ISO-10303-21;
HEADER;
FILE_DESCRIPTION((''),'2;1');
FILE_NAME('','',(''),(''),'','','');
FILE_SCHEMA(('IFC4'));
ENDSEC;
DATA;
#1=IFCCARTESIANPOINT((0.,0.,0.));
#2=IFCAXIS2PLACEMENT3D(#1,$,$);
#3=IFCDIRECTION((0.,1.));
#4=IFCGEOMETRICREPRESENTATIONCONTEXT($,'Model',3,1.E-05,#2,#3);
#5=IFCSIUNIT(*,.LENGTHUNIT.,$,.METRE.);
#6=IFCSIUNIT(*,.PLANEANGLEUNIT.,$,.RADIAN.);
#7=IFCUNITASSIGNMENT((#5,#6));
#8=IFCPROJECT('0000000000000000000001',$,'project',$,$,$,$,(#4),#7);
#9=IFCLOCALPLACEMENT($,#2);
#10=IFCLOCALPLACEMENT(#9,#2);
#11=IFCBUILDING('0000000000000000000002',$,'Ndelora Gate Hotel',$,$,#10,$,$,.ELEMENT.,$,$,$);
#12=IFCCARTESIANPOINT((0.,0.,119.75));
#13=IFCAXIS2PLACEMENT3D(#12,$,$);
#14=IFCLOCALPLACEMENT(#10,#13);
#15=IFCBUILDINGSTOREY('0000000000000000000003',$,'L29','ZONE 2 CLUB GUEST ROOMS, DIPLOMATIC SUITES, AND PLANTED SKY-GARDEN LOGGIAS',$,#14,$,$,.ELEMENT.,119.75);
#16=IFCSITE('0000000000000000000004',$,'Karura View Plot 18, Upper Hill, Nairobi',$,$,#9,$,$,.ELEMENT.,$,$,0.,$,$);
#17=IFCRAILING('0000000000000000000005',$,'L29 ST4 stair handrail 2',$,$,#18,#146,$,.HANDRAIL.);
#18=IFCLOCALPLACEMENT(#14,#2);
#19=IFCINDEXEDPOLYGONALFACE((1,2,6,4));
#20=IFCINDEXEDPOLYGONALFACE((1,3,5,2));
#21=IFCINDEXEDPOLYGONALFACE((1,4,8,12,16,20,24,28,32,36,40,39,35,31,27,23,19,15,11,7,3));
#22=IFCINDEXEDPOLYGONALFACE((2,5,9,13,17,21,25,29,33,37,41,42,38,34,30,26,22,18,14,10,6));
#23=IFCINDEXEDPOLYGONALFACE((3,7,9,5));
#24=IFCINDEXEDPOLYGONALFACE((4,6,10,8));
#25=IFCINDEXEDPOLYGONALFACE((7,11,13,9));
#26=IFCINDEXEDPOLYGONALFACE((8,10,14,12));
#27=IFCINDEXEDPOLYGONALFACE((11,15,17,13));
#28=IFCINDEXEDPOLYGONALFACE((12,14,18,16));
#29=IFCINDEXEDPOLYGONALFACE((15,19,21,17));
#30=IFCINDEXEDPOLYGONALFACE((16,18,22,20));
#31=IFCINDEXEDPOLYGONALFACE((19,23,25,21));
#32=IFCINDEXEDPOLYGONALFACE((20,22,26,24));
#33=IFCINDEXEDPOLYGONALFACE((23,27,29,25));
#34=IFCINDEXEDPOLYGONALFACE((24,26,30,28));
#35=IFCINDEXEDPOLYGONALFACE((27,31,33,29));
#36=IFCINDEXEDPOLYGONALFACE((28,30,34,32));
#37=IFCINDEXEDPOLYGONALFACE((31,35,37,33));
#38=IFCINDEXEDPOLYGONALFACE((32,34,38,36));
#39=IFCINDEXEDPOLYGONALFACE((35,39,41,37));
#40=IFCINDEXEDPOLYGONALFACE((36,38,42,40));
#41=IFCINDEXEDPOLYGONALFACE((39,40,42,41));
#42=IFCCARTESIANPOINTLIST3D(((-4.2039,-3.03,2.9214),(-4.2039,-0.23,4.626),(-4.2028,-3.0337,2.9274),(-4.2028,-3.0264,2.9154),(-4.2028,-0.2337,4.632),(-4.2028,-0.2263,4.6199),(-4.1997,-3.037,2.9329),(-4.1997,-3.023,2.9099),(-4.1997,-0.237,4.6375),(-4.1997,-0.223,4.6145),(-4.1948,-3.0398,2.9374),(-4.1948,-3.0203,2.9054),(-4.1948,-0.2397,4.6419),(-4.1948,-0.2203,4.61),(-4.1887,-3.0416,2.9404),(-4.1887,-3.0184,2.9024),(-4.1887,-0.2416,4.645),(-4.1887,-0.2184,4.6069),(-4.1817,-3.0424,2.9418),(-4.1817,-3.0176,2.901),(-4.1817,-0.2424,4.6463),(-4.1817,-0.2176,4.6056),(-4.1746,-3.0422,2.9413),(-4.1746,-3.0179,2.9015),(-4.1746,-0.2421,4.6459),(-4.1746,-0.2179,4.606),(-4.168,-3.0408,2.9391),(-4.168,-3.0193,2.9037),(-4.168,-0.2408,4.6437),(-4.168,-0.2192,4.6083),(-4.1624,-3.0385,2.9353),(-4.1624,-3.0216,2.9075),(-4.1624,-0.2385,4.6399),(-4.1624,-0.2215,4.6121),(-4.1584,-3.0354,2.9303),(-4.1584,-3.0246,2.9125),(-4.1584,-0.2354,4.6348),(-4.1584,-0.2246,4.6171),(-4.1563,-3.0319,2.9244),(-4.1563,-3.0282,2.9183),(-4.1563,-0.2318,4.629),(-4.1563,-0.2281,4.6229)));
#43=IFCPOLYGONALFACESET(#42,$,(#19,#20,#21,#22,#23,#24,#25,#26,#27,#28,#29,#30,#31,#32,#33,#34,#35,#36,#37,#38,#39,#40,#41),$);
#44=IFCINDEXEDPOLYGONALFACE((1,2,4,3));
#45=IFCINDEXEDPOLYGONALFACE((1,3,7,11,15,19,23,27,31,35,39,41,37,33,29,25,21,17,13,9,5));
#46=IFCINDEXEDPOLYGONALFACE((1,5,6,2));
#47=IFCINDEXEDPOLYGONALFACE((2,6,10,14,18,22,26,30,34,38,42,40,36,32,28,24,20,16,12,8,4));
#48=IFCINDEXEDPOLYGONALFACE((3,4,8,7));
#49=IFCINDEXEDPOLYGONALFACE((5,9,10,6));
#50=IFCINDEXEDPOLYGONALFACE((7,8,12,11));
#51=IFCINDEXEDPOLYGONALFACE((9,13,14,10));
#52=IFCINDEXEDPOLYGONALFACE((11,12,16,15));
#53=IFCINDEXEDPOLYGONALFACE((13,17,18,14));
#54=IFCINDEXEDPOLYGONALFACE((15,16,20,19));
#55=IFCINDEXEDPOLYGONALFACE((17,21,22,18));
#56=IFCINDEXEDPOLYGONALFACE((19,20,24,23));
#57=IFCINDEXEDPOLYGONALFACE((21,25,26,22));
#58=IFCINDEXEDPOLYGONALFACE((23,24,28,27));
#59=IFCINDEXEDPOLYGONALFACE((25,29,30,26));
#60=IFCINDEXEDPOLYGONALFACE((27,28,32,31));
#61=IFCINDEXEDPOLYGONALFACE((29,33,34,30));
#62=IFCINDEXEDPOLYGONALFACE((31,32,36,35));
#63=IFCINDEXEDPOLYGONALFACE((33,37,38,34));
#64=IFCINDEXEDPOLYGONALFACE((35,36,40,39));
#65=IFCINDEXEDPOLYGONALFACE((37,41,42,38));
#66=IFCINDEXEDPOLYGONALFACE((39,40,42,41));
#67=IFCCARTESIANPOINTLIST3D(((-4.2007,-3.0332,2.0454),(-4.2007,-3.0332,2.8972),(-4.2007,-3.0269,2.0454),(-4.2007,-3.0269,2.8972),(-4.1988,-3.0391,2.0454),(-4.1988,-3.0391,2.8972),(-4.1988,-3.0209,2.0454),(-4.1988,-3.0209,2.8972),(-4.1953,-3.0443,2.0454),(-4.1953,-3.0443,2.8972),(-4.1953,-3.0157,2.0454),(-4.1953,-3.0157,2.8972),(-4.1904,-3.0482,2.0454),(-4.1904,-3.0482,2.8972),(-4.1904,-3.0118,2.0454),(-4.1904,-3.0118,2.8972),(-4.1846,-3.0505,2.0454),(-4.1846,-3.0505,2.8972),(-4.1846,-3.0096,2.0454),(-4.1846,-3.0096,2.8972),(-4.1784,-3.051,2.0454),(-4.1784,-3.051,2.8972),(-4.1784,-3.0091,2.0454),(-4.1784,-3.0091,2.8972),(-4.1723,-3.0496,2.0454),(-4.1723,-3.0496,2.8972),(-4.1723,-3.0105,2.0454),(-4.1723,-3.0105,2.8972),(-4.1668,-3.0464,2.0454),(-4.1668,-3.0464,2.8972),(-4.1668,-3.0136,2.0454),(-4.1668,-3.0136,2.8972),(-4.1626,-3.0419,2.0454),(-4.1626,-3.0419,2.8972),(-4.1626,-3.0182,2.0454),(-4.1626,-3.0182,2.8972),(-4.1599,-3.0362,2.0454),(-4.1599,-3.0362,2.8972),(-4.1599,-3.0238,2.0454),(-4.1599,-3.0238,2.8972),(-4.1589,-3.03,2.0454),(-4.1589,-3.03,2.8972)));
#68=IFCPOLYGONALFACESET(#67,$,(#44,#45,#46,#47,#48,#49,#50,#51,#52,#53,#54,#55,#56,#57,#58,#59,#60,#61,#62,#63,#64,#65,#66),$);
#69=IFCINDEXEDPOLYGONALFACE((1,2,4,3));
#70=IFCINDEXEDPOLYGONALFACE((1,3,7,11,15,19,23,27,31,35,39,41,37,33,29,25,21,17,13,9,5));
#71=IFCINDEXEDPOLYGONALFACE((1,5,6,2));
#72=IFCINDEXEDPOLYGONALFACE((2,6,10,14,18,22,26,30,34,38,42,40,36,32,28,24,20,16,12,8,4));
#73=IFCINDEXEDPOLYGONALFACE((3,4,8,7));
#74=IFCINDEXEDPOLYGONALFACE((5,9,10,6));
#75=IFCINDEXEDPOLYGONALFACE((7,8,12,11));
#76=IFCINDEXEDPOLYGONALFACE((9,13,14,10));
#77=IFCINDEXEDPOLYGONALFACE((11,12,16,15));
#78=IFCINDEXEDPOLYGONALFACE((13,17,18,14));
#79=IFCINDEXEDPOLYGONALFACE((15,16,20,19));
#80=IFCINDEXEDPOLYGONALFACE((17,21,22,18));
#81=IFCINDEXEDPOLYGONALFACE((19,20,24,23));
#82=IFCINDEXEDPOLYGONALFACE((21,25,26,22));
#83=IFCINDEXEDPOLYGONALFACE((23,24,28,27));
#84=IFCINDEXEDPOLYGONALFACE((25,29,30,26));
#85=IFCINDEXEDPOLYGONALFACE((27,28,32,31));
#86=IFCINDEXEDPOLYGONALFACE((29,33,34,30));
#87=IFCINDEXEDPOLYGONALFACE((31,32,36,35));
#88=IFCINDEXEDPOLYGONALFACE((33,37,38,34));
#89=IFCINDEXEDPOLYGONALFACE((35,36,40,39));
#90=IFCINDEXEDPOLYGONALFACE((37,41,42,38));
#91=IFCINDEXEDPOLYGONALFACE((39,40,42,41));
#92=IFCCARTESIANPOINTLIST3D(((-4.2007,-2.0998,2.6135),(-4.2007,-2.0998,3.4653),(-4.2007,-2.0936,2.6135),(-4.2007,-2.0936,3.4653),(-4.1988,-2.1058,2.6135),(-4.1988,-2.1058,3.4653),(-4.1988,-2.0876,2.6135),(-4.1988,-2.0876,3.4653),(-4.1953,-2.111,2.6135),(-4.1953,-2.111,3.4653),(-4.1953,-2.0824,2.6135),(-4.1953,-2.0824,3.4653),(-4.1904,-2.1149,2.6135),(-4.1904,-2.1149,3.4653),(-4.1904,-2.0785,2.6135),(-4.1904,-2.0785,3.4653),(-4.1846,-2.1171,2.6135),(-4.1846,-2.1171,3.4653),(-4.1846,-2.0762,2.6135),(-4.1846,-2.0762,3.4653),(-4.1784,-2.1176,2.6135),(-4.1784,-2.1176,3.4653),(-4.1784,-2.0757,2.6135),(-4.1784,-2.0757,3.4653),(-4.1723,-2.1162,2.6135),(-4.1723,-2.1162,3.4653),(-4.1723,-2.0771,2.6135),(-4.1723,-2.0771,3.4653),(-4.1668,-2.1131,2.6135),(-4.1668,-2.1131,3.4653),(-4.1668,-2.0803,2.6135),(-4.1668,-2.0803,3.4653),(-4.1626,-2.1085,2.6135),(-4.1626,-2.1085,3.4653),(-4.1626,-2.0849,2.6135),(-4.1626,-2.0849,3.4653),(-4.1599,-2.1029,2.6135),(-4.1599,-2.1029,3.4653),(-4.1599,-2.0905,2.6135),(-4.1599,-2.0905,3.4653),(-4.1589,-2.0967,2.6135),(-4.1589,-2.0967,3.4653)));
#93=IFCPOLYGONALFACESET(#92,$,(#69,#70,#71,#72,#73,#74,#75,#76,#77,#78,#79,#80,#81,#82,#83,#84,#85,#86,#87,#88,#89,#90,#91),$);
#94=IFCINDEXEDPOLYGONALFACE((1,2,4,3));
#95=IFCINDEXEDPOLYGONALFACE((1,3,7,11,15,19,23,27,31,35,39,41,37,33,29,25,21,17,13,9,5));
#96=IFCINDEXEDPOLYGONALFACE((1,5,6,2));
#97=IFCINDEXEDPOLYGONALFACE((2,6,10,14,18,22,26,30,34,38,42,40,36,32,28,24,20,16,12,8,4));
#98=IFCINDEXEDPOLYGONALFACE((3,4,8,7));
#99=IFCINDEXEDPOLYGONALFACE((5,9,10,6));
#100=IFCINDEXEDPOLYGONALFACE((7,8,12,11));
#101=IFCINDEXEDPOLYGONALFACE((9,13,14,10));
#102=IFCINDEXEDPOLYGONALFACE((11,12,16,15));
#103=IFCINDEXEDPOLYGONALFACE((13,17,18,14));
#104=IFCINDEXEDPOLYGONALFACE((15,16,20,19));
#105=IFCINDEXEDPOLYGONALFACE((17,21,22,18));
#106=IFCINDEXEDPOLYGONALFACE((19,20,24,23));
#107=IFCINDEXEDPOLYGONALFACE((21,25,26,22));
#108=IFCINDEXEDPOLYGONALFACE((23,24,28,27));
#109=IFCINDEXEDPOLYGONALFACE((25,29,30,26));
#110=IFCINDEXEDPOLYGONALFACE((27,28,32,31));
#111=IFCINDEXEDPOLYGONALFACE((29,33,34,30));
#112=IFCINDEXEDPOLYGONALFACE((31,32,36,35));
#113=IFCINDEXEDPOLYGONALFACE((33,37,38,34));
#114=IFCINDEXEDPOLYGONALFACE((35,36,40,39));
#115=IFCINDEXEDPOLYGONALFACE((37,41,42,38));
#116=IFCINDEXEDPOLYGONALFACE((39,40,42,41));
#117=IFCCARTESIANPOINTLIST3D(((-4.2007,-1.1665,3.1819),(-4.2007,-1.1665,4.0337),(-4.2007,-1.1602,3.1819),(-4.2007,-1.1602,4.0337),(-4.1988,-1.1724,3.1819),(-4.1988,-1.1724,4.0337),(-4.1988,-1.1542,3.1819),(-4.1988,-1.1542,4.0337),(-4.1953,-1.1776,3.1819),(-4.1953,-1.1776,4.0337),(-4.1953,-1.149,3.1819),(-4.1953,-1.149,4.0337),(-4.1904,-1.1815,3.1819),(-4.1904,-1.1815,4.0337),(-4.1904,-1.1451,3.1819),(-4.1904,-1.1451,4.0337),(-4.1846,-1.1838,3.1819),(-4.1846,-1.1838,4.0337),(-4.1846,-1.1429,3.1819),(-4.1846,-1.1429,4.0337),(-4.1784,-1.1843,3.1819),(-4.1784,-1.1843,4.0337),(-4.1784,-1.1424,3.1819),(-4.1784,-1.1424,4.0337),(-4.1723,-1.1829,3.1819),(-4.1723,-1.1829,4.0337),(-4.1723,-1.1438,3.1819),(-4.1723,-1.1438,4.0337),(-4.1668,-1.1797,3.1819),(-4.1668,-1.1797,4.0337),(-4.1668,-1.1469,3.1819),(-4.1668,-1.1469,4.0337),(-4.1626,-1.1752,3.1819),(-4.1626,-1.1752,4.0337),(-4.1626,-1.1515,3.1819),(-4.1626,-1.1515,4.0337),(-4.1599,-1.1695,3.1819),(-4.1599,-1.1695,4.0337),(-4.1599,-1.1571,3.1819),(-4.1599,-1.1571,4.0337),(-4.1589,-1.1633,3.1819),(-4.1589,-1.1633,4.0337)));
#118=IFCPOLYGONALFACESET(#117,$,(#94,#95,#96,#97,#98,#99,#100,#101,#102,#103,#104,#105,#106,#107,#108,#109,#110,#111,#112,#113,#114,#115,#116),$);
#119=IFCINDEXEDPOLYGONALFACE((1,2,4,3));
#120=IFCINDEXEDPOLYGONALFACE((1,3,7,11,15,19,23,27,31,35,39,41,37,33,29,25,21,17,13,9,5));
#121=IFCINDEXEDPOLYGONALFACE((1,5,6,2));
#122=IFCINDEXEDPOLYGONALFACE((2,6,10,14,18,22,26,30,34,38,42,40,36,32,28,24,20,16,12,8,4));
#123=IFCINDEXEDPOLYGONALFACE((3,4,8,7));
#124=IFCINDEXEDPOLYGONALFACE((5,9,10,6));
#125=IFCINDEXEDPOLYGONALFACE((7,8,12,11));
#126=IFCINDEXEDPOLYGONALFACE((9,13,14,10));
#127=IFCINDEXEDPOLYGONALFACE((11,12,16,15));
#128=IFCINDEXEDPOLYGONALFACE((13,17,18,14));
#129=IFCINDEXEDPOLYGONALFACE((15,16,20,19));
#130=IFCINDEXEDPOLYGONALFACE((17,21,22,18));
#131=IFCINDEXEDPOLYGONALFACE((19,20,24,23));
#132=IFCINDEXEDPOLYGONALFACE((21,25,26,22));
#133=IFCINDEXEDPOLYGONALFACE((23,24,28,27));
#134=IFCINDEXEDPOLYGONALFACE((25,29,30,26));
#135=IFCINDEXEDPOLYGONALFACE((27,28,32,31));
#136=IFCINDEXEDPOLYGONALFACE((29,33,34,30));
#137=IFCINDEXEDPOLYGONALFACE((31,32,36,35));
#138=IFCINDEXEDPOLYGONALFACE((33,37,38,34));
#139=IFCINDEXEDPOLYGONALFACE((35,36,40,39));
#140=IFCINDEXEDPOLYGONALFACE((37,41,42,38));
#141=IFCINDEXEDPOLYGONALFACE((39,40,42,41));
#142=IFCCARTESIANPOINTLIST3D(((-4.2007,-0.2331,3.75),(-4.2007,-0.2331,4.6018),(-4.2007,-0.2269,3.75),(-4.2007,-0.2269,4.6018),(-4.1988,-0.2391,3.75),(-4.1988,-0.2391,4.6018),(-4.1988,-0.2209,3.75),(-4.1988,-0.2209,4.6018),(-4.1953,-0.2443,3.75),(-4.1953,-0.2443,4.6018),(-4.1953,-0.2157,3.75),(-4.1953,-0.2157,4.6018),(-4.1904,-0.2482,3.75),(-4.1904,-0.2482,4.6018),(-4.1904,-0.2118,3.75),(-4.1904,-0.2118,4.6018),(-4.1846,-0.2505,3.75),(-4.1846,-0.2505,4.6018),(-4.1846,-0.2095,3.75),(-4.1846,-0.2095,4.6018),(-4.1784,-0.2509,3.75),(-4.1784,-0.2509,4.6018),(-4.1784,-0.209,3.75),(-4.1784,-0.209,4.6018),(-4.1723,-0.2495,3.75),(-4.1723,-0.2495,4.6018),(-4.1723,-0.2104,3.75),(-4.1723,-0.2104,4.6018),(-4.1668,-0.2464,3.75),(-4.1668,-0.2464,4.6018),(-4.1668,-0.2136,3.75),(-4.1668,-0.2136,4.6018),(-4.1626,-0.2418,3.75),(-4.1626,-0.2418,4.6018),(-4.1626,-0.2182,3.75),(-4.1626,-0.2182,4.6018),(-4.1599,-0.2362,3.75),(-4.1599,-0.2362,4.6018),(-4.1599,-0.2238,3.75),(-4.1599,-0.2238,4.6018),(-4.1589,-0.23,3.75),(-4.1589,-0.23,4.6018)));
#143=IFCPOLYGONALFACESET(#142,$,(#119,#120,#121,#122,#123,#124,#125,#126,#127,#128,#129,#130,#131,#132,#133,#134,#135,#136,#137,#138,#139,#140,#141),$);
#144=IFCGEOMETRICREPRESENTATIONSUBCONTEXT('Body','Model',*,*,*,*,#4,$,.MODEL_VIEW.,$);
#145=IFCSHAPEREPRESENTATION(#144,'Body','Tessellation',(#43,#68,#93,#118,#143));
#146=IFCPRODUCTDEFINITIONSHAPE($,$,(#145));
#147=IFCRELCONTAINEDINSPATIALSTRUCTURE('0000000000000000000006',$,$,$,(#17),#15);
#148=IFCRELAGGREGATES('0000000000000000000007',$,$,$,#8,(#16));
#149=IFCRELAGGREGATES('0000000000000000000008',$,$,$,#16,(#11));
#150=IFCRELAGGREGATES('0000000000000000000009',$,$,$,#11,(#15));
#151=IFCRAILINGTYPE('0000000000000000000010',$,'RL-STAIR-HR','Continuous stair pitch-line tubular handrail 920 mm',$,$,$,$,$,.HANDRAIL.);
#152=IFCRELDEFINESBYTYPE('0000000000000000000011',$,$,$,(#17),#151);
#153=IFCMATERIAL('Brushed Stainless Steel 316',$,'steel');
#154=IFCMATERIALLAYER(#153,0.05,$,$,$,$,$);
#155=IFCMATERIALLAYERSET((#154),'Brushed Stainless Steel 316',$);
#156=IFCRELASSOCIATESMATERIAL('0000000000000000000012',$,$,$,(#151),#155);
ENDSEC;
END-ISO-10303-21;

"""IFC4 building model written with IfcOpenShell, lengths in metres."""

from ifc_helpers import new_model, si_unit, direction, frame, origin, origin_2d, place, context, subcontext, project, spatial, circle, extrude, material, layer, layer_set, type_object, element, save


model = new_model("IFC4")

# Units and contexts
model_context = context("Model", 3, precision=1e-05, world=origin(), true_north=direction((0.0, 1.0)))
body_context = subcontext(model_context, "Body", "Model", "MODEL_VIEW")
ifc_project = project(units=[si_unit("LENGTHUNIT", "METRE"), si_unit("PLANEANGLEUNIT", "RADIAN")], contexts=[model_context])

# Site, building, storey
site_placement = place(None, origin())
site = spatial("IfcSite", under=ifc_project, at=site_placement, Name="Karura View Plot 18, Upper Hill, Nairobi", CompositionType="ELEMENT", RefElevation=0.0)
building_placement = place(site_placement, origin())
building = spatial("IfcBuilding", under=site, at=building_placement, Name="Ndelora Gate Hotel", CompositionType="ELEMENT")
storey_placement = place(building_placement, frame((0.0, 0.0, 119.75)))
storey = spatial("IfcBuildingStorey", under=building, at=storey_placement, Name="L29", Description="ZONE 2 CLUB GUEST ROOMS, DIPLOMATIC SUITES, AND PLANTED SKY-GARDEN LOGGIAS", CompositionType="ELEMENT", Elevation=119.75)

# Railing
ifc_material_1 = material(Name="Brushed Stainless Steel 316", Category="steel")
ifc_layer_1 = layer(ifc_material_1, 0.05)
ifc_layer_set_1 = layer_set([ifc_layer_1], Name="Brushed Stainless Steel 316")
railing_type_1 = type_object("IfcRailingType", Name="RL-STAIR-HR", Description="Continuous stair pitch-line tubular handrail 920 mm", PredefinedType="HANDRAIL", material=ifc_layer_set_1)
railing_1_placement = place(storey_placement, frame((-4.1799, -3.03, 2.0454)))
element("IfcRailing", 1, at=railing_1_placement, inside=storey, type_object=railing_type_1, Name="L29 ST4 stair handrail 2", PredefinedType="HANDRAIL", context=body_context, shape_type="SweptSolid", body=[
    extrude(circle(Radius=0.0239, at=origin_2d()), frame((0.0, 0.0, 0.876), z_axis=(0.0, 0.85417, 0.519994), x_axis=(-1.0, 0.0, 0.0)), (0.0, 0.0, 1.0), 3.2781),
    extrude(circle(Radius=0.021, at=origin_2d()), origin(), (0.0, 0.0, 1.0), 0.8518),
    extrude(circle(Radius=0.021, at=origin_2d()), frame((0.0, 0.9333, 0.5681)), (0.0, 0.0, 1.0), 0.8518),
    extrude(circle(Radius=0.021, at=origin_2d()), frame((0.0, 1.8667, 1.1365)), (0.0, 0.0, 1.0), 0.8518),
    extrude(circle(Radius=0.021, at=origin_2d()), frame((0.0, 2.8, 1.7046)), (0.0, 0.0, 1.0), 0.8518),
])

save(model, "model.ifc")
